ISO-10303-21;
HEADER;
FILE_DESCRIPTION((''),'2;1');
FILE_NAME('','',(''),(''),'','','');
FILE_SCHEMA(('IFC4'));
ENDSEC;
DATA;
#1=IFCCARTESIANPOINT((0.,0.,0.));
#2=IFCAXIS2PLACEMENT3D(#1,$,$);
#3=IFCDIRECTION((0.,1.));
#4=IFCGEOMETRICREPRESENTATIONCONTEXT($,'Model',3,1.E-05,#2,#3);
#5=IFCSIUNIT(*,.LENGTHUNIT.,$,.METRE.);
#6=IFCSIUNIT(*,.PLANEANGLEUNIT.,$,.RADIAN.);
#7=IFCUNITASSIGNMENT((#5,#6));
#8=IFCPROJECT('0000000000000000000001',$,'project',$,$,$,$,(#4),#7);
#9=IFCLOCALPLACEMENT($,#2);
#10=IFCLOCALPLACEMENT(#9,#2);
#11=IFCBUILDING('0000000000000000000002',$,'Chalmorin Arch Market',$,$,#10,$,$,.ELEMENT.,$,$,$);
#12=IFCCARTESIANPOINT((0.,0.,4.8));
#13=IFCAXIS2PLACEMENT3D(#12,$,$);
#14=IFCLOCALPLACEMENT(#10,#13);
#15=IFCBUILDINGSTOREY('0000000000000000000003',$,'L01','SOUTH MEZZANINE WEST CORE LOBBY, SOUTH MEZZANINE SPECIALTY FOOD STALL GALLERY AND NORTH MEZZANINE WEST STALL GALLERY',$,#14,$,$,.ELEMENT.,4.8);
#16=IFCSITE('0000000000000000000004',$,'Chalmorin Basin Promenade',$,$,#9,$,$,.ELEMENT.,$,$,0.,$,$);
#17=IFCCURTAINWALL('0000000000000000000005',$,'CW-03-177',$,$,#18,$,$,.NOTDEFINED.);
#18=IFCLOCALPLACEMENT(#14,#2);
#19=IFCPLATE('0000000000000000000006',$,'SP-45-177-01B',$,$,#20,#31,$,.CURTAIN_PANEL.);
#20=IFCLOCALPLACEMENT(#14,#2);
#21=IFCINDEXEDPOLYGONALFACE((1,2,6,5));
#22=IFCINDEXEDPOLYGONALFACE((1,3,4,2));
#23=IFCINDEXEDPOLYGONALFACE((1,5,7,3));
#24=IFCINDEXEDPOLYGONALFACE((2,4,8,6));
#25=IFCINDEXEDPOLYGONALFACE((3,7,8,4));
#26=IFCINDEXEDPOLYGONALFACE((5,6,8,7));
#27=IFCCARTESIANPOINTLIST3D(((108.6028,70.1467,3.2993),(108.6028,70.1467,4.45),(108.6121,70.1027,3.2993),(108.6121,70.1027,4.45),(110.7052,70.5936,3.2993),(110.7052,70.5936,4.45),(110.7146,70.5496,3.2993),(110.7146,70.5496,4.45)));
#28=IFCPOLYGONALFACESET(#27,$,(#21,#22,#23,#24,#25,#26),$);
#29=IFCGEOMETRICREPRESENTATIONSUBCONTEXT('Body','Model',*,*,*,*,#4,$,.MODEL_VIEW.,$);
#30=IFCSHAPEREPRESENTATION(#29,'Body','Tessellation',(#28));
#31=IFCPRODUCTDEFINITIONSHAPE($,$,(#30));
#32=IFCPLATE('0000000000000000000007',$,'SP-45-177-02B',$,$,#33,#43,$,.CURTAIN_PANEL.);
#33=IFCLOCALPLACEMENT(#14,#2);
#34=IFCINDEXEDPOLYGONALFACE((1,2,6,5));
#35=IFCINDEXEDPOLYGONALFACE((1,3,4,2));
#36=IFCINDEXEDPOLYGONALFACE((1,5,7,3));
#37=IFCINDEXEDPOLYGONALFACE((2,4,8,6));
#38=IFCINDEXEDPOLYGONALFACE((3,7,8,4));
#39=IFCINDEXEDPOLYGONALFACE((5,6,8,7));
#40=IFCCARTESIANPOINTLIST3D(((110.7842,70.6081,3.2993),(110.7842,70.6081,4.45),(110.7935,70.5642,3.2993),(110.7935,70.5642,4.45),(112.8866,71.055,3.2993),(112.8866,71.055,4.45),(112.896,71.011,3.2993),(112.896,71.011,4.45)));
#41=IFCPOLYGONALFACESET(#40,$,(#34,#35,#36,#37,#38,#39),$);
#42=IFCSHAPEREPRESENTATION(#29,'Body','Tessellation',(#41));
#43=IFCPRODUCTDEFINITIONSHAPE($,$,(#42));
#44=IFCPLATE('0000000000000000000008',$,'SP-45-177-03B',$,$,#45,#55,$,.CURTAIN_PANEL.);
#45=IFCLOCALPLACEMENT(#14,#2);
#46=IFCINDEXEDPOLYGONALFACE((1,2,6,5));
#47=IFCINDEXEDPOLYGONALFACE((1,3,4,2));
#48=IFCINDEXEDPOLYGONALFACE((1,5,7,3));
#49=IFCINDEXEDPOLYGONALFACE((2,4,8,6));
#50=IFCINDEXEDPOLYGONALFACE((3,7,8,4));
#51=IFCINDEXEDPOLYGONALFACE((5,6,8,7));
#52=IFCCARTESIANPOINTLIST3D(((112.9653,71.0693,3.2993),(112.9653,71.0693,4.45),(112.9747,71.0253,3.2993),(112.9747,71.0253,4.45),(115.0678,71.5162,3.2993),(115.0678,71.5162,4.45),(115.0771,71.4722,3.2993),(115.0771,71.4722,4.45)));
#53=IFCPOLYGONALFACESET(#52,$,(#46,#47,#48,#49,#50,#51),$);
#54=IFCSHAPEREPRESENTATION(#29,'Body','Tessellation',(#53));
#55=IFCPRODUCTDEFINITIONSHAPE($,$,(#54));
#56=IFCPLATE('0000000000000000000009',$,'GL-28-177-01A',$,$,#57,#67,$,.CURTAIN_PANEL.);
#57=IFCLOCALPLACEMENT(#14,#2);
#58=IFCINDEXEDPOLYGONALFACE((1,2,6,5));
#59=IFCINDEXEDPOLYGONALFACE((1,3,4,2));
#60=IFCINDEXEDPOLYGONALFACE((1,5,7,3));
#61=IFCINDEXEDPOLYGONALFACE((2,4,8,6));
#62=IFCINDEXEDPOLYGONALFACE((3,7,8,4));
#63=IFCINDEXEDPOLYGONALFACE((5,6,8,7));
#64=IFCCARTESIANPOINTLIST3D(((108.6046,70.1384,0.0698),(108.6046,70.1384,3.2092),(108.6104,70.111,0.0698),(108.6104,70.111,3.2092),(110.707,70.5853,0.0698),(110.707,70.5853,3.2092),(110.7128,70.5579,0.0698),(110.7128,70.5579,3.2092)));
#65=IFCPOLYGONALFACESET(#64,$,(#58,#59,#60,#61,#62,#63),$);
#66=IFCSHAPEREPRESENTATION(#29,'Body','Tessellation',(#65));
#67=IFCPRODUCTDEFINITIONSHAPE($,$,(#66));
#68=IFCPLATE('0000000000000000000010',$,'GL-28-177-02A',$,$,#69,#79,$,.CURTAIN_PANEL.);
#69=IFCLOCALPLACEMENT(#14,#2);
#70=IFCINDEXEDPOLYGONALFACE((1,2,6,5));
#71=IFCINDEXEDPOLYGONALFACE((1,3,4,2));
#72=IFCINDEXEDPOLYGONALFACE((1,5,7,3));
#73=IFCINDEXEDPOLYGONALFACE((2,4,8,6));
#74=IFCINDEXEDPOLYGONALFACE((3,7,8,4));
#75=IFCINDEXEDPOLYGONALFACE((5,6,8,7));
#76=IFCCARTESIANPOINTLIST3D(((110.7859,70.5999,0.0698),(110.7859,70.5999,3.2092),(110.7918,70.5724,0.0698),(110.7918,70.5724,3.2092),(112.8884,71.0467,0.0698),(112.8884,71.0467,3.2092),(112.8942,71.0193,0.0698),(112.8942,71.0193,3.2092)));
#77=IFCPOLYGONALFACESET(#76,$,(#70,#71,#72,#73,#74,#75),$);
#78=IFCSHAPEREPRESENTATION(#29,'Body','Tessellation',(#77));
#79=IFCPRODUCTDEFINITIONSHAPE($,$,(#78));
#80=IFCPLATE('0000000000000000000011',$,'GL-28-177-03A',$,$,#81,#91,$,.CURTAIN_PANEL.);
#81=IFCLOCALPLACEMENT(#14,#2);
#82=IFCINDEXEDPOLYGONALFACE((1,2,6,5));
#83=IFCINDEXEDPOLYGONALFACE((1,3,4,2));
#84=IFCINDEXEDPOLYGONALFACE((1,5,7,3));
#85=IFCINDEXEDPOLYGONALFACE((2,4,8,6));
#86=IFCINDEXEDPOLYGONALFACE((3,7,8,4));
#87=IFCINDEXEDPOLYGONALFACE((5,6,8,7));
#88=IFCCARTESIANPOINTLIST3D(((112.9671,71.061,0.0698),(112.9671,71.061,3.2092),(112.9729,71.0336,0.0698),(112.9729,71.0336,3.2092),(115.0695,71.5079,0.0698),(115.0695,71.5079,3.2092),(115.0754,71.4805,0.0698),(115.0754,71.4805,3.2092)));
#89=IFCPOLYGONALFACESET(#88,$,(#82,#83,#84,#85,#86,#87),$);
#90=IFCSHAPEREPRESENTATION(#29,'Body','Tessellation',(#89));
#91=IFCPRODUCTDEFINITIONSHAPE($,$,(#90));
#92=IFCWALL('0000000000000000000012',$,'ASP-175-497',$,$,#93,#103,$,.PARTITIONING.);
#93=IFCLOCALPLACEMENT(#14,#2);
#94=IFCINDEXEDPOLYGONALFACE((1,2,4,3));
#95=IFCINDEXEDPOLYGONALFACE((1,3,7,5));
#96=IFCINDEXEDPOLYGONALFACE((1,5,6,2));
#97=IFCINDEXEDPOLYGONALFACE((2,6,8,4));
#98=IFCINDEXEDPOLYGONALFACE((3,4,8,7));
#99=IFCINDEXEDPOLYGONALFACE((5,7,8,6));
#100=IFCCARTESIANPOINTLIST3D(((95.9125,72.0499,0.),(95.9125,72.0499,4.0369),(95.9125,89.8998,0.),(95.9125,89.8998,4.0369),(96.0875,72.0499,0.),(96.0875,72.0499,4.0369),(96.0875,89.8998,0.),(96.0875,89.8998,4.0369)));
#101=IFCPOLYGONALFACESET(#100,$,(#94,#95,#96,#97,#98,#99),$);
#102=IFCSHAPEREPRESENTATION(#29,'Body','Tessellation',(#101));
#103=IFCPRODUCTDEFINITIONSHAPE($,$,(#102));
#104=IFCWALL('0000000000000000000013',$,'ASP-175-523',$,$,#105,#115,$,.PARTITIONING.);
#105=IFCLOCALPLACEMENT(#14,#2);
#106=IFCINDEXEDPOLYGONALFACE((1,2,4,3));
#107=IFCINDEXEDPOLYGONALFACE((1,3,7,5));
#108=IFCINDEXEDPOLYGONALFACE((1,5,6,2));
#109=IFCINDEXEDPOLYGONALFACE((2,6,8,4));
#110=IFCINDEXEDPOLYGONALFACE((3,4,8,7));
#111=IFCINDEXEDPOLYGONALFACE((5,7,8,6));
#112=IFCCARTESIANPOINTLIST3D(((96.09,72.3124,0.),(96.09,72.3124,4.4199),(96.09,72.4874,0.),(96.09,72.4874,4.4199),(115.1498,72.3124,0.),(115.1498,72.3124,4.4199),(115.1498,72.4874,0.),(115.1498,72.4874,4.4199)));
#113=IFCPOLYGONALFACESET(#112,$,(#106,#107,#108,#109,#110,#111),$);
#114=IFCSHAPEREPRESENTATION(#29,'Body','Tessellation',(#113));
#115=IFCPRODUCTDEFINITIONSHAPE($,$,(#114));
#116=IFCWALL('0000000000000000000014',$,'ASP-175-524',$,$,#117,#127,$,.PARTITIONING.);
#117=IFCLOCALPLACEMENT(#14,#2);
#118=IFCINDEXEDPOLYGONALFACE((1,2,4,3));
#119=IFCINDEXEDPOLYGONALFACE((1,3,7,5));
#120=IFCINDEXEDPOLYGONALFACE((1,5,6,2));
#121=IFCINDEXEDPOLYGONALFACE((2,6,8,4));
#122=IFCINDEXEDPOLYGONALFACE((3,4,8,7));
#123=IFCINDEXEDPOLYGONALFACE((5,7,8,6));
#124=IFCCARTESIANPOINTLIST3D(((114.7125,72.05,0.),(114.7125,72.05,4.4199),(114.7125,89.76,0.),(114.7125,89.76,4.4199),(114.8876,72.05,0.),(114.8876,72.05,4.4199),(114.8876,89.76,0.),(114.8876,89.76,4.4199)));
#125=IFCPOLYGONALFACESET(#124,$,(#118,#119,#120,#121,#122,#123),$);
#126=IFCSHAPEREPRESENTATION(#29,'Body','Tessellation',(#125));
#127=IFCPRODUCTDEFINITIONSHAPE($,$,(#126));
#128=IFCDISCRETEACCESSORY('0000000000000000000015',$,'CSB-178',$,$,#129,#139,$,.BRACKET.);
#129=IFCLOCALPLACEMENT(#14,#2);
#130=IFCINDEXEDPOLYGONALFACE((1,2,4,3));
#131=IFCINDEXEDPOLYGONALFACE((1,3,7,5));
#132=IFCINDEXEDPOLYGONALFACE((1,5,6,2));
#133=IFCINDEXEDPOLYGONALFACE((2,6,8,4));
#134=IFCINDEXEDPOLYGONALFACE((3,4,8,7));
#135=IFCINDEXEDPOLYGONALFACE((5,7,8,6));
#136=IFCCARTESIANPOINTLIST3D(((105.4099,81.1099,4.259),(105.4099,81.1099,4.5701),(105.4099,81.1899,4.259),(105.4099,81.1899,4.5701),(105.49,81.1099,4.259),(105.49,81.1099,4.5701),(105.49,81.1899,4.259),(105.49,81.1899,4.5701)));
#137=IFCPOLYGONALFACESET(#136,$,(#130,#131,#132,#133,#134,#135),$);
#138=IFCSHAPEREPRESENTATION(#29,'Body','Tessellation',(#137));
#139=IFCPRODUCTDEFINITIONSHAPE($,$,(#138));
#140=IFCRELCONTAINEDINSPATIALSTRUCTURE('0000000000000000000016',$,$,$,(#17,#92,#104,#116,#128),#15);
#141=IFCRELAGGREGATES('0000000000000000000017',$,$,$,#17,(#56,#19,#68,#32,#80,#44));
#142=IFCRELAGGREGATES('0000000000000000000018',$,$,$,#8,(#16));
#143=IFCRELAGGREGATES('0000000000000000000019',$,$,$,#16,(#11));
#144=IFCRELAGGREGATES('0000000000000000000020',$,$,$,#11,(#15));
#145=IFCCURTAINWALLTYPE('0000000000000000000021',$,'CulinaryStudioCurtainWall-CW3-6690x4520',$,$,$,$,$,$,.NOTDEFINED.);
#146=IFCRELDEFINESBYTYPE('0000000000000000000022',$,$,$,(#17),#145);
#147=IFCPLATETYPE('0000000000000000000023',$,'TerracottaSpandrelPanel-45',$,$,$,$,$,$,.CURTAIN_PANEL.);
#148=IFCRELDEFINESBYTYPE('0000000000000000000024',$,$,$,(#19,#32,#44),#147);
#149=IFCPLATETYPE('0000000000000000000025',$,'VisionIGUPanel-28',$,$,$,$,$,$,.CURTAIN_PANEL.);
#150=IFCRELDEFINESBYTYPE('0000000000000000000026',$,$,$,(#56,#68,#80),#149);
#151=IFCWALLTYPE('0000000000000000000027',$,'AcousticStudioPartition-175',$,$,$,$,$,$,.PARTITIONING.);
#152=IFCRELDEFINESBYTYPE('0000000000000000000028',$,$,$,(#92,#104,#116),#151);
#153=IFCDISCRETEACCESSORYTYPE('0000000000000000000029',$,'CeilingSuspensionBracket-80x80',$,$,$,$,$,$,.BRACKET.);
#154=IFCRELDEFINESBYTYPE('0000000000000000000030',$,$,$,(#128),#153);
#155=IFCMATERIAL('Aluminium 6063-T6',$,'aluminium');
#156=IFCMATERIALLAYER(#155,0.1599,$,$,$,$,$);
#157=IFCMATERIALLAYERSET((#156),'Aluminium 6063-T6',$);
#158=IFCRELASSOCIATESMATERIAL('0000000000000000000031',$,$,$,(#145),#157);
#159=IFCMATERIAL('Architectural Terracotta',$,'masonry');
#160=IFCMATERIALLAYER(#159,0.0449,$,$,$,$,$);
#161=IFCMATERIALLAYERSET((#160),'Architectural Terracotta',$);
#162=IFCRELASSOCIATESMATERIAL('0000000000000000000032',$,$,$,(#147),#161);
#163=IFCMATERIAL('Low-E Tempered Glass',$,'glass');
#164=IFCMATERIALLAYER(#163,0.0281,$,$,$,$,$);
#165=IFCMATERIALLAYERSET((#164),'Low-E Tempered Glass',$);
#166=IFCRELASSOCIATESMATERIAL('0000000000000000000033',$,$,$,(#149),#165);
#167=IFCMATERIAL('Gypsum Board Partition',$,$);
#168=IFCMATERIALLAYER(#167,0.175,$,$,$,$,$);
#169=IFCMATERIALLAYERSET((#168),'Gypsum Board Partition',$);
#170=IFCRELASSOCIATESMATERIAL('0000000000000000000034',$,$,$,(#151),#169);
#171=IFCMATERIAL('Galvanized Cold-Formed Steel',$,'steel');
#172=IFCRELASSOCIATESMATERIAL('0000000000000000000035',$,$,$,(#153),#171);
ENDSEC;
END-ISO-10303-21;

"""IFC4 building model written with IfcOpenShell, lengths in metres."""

from ifc_helpers import new_model, si_unit, direction, frame, frame_2d, origin, origin_2d, place, context, subcontext, project, spatial, rectangle, extrude, material, layer, layer_set, type_object, element, aggregate, save


model = new_model("IFC4")

# Units and contexts
model_context = context("Model", 3, precision=1e-05, world=origin(), true_north=direction((0.0, 1.0)))
body_context = subcontext(model_context, "Body", "Model", "MODEL_VIEW")
ifc_project = project(units=[si_unit("LENGTHUNIT", "METRE"), si_unit("PLANEANGLEUNIT", "RADIAN")], contexts=[model_context])

# Site, building, storey
site_placement = place(None, origin())
site = spatial("IfcSite", under=ifc_project, at=site_placement, Name="Chalmorin Basin Promenade", CompositionType="ELEMENT", RefElevation=0.0)
building_placement = place(site_placement, origin())
building = spatial("IfcBuilding", under=site, at=building_placement, Name="Chalmorin Arch Market", CompositionType="ELEMENT")
storey_placement = place(building_placement, frame((0.0, 0.0, 4.8)))
storey = spatial("IfcBuildingStorey", under=building, at=storey_placement, Name="L01", Description="SOUTH MEZZANINE WEST CORE LOBBY, SOUTH MEZZANINE SPECIALTY FOOD STALL GALLERY AND NORTH MEZZANINE WEST STALL GALLERY", CompositionType="ELEMENT", Elevation=4.8)

# Shared definitions
ifc_material_1 = material(Name="Aluminium 6063-T6", Category="aluminium")

# Curtain wall
ifc_layer_1 = layer(ifc_material_1, 0.1599)
ifc_layer_set_1 = layer_set([ifc_layer_1], Name="Aluminium 6063-T6")
curtain_wall_type_1 = type_object("IfcCurtainWallType", Name="CulinaryStudioCurtainWall-CW3-6690x4520", PredefinedType="NOTDEFINED", material=ifc_layer_set_1)
curtain_wall_1_placement = place(storey_placement, origin())
curtain_wall_1 = element("IfcCurtainWall", 1, at=curtain_wall_1_placement, inside=storey, type_object=curtain_wall_type_1, Name="CW-03-177", PredefinedType="NOTDEFINED")

# Plates
ifc_material_2 = material(Name="Architectural Terracotta", Category="masonry")
ifc_layer_2 = layer(ifc_material_2, 0.0449)
ifc_layer_set_2 = layer_set([ifc_layer_2], Name="Architectural Terracotta")
plate_type_1 = type_object("IfcPlateType", Name="TerracottaSpandrelPanel-45", PredefinedType="CURTAIN_PANEL", material=ifc_layer_set_2)
plate_1_placement = place(storey_placement, frame((109.6587, 70.3481, 3.2993), z_axis=(0.0, 0.0, 1.0), x_axis=(0.978148, 0.207912, 0.0)))
plate_1 = element("IfcPlate", 2, at=plate_1_placement, type_object=plate_type_1, Name="SP-45-177-01B", PredefinedType="CURTAIN_PANEL", context=body_context, shape_type="SweptSolid", body=[
    extrude(rectangle(XDim=2.1494, YDim=0.0449, at=origin_2d()), origin(), (0.0, 0.0, 1.0), 1.1506),
])
plate_2_placement = place(storey_placement, frame((111.8401, 70.8096, 3.2993), z_axis=(0.0, 0.0, 1.0), x_axis=(0.978148, 0.207912, 0.0)))
plate_2 = element("IfcPlate", 3, at=plate_2_placement, type_object=plate_type_1, Name="SP-45-177-02B", PredefinedType="CURTAIN_PANEL", context=body_context, shape_type="SweptSolid", body=[
    extrude(rectangle(XDim=2.1494, YDim=0.0449, at=origin_2d()), origin(), (0.0, 0.0, 1.0), 1.1506),
])
plate_3_placement = place(storey_placement, frame((114.0212, 71.2708, 3.2993), z_axis=(0.0, 0.0, 1.0), x_axis=(0.978148, 0.207912, 0.0)))
plate_3 = element("IfcPlate", 4, at=plate_3_placement, type_object=plate_type_1, Name="SP-45-177-03B", PredefinedType="CURTAIN_PANEL", context=body_context, shape_type="SweptSolid", body=[
    extrude(rectangle(XDim=2.1494, YDim=0.0449, at=origin_2d()), origin(), (0.0, 0.0, 1.0), 1.1506),
])
ifc_material_3 = material(Name="Low-E Tempered Glass", Category="glass")
ifc_layer_3 = layer(ifc_material_3, 0.0281)
ifc_layer_set_3 = layer_set([ifc_layer_3], Name="Low-E Tempered Glass")
plate_type_2 = type_object("IfcPlateType", Name="VisionIGUPanel-28", PredefinedType="CURTAIN_PANEL", material=ifc_layer_set_3)
plate_4_placement = place(storey_placement, frame((109.6587, 70.3481, 0.0698), z_axis=(0.0, 0.0, 1.0), x_axis=(0.978148, 0.207912, 0.0)))
plate_4 = element("IfcPlate", 5, at=plate_4_placement, type_object=plate_type_2, Name="GL-28-177-01A", PredefinedType="CURTAIN_PANEL", context=body_context, shape_type="SweptSolid", body=[
    extrude(rectangle(XDim=2.1494, YDim=0.0281, at=origin_2d()), origin(), (0.0, 0.0, 1.0), 3.1394),
])
plate_5_placement = place(storey_placement, frame((111.8401, 70.8096, 0.0698), z_axis=(0.0, 0.0, 1.0), x_axis=(0.978148, 0.207912, 0.0)))
plate_5 = element("IfcPlate", 6, at=plate_5_placement, type_object=plate_type_2, Name="GL-28-177-02A", PredefinedType="CURTAIN_PANEL", context=body_context, shape_type="SweptSolid", body=[
    extrude(rectangle(XDim=2.1494, YDim=0.0281, at=origin_2d()), origin(), (0.0, 0.0, 1.0), 3.1394),
])
plate_6_placement = place(storey_placement, frame((114.0212, 71.2708, 0.0698), z_axis=(0.0, 0.0, 1.0), x_axis=(0.978148, 0.207912, 0.0)))
plate_6 = element("IfcPlate", 7, at=plate_6_placement, type_object=plate_type_2, Name="GL-28-177-03A", PredefinedType="CURTAIN_PANEL", context=body_context, shape_type="SweptSolid", body=[
    extrude(rectangle(XDim=2.1494, YDim=0.0281, at=origin_2d()), origin(), (0.0, 0.0, 1.0), 3.1394),
])
aggregate(curtain_wall_1, [plate_4, plate_1, plate_5, plate_2, plate_6, plate_3])

# Walls
ifc_material_4 = material(Name="Gypsum Board Partition")
ifc_layer_4 = layer(ifc_material_4, 0.175)
ifc_layer_set_4 = layer_set([ifc_layer_4], Name="Gypsum Board Partition")
wall_type = type_object("IfcWallType", Name="AcousticStudioPartition-175", PredefinedType="PARTITIONING", material=ifc_layer_set_4)
wall_1_placement = place(storey_placement, frame((96.0, 72.05, 0.0), z_axis=(0.0, 0.0, 1.0), x_axis=(0.0, 1.0, 0.0)))
element("IfcWall", 8, at=wall_1_placement, inside=storey, type_object=wall_type, Name="ASP-175-497", PredefinedType="PARTITIONING", context=body_context, shape_type="SweptSolid", body=[
    extrude(rectangle(XDim=17.8499, YDim=0.175, at=frame_2d((8.9248, 0.0))), origin(), (0.0, 0.0, 1.0), 4.0369),
])
wall_2_placement = place(storey_placement, frame((96.0901, 72.3999, 0.0), z_axis=(0.0, 0.0, 1.0), x_axis=(1.0, 0.0, 0.0)))
element("IfcWall", 9, at=wall_2_placement, inside=storey, type_object=wall_type, Name="ASP-175-523", PredefinedType="PARTITIONING", context=body_context, shape_type="SweptSolid", body=[
    extrude(rectangle(XDim=19.0598, YDim=0.175, at=frame_2d((9.5298, 0.0))), origin(), (0.0, 0.0, 1.0), 4.4199),
])
wall_3_placement = place(storey_placement, frame((114.8, 72.05, 0.0), z_axis=(0.0, 0.0, 1.0), x_axis=(0.0, 1.0, 0.0)))
element("IfcWall", 10, at=wall_3_placement, inside=storey, type_object=wall_type, Name="ASP-175-524", PredefinedType="PARTITIONING", context=body_context, shape_type="SweptSolid", body=[
    extrude(rectangle(XDim=17.71, YDim=0.175, at=frame_2d((8.855, 0.0))), origin(), (0.0, 0.0, 1.0), 4.4199),
])

# Discrete accessory
ifc_material_5 = material(Name="Galvanized Cold-Formed Steel", Category="steel")
discrete_accessory_type = type_object("IfcDiscreteAccessoryType", Name="CeilingSuspensionBracket-80x80", PredefinedType="BRACKET", material=ifc_material_5)
discrete_accessory_placement = place(storey_placement, frame((105.45, 81.1499, 4.259), z_axis=(0.0, 0.0, 1.0), x_axis=(1.0, 0.0, 0.0)))
element("IfcDiscreteAccessory", 11, at=discrete_accessory_placement, inside=storey, type_object=discrete_accessory_type, Name="CSB-178", PredefinedType="BRACKET", context=body_context, shape_type="SweptSolid", body=[
    extrude(rectangle(XDim=0.0801, YDim=0.0801, at=origin_2d()), origin(), (0.0, 0.0, 1.0), 0.311),
])

save(model, "model.ifc")
